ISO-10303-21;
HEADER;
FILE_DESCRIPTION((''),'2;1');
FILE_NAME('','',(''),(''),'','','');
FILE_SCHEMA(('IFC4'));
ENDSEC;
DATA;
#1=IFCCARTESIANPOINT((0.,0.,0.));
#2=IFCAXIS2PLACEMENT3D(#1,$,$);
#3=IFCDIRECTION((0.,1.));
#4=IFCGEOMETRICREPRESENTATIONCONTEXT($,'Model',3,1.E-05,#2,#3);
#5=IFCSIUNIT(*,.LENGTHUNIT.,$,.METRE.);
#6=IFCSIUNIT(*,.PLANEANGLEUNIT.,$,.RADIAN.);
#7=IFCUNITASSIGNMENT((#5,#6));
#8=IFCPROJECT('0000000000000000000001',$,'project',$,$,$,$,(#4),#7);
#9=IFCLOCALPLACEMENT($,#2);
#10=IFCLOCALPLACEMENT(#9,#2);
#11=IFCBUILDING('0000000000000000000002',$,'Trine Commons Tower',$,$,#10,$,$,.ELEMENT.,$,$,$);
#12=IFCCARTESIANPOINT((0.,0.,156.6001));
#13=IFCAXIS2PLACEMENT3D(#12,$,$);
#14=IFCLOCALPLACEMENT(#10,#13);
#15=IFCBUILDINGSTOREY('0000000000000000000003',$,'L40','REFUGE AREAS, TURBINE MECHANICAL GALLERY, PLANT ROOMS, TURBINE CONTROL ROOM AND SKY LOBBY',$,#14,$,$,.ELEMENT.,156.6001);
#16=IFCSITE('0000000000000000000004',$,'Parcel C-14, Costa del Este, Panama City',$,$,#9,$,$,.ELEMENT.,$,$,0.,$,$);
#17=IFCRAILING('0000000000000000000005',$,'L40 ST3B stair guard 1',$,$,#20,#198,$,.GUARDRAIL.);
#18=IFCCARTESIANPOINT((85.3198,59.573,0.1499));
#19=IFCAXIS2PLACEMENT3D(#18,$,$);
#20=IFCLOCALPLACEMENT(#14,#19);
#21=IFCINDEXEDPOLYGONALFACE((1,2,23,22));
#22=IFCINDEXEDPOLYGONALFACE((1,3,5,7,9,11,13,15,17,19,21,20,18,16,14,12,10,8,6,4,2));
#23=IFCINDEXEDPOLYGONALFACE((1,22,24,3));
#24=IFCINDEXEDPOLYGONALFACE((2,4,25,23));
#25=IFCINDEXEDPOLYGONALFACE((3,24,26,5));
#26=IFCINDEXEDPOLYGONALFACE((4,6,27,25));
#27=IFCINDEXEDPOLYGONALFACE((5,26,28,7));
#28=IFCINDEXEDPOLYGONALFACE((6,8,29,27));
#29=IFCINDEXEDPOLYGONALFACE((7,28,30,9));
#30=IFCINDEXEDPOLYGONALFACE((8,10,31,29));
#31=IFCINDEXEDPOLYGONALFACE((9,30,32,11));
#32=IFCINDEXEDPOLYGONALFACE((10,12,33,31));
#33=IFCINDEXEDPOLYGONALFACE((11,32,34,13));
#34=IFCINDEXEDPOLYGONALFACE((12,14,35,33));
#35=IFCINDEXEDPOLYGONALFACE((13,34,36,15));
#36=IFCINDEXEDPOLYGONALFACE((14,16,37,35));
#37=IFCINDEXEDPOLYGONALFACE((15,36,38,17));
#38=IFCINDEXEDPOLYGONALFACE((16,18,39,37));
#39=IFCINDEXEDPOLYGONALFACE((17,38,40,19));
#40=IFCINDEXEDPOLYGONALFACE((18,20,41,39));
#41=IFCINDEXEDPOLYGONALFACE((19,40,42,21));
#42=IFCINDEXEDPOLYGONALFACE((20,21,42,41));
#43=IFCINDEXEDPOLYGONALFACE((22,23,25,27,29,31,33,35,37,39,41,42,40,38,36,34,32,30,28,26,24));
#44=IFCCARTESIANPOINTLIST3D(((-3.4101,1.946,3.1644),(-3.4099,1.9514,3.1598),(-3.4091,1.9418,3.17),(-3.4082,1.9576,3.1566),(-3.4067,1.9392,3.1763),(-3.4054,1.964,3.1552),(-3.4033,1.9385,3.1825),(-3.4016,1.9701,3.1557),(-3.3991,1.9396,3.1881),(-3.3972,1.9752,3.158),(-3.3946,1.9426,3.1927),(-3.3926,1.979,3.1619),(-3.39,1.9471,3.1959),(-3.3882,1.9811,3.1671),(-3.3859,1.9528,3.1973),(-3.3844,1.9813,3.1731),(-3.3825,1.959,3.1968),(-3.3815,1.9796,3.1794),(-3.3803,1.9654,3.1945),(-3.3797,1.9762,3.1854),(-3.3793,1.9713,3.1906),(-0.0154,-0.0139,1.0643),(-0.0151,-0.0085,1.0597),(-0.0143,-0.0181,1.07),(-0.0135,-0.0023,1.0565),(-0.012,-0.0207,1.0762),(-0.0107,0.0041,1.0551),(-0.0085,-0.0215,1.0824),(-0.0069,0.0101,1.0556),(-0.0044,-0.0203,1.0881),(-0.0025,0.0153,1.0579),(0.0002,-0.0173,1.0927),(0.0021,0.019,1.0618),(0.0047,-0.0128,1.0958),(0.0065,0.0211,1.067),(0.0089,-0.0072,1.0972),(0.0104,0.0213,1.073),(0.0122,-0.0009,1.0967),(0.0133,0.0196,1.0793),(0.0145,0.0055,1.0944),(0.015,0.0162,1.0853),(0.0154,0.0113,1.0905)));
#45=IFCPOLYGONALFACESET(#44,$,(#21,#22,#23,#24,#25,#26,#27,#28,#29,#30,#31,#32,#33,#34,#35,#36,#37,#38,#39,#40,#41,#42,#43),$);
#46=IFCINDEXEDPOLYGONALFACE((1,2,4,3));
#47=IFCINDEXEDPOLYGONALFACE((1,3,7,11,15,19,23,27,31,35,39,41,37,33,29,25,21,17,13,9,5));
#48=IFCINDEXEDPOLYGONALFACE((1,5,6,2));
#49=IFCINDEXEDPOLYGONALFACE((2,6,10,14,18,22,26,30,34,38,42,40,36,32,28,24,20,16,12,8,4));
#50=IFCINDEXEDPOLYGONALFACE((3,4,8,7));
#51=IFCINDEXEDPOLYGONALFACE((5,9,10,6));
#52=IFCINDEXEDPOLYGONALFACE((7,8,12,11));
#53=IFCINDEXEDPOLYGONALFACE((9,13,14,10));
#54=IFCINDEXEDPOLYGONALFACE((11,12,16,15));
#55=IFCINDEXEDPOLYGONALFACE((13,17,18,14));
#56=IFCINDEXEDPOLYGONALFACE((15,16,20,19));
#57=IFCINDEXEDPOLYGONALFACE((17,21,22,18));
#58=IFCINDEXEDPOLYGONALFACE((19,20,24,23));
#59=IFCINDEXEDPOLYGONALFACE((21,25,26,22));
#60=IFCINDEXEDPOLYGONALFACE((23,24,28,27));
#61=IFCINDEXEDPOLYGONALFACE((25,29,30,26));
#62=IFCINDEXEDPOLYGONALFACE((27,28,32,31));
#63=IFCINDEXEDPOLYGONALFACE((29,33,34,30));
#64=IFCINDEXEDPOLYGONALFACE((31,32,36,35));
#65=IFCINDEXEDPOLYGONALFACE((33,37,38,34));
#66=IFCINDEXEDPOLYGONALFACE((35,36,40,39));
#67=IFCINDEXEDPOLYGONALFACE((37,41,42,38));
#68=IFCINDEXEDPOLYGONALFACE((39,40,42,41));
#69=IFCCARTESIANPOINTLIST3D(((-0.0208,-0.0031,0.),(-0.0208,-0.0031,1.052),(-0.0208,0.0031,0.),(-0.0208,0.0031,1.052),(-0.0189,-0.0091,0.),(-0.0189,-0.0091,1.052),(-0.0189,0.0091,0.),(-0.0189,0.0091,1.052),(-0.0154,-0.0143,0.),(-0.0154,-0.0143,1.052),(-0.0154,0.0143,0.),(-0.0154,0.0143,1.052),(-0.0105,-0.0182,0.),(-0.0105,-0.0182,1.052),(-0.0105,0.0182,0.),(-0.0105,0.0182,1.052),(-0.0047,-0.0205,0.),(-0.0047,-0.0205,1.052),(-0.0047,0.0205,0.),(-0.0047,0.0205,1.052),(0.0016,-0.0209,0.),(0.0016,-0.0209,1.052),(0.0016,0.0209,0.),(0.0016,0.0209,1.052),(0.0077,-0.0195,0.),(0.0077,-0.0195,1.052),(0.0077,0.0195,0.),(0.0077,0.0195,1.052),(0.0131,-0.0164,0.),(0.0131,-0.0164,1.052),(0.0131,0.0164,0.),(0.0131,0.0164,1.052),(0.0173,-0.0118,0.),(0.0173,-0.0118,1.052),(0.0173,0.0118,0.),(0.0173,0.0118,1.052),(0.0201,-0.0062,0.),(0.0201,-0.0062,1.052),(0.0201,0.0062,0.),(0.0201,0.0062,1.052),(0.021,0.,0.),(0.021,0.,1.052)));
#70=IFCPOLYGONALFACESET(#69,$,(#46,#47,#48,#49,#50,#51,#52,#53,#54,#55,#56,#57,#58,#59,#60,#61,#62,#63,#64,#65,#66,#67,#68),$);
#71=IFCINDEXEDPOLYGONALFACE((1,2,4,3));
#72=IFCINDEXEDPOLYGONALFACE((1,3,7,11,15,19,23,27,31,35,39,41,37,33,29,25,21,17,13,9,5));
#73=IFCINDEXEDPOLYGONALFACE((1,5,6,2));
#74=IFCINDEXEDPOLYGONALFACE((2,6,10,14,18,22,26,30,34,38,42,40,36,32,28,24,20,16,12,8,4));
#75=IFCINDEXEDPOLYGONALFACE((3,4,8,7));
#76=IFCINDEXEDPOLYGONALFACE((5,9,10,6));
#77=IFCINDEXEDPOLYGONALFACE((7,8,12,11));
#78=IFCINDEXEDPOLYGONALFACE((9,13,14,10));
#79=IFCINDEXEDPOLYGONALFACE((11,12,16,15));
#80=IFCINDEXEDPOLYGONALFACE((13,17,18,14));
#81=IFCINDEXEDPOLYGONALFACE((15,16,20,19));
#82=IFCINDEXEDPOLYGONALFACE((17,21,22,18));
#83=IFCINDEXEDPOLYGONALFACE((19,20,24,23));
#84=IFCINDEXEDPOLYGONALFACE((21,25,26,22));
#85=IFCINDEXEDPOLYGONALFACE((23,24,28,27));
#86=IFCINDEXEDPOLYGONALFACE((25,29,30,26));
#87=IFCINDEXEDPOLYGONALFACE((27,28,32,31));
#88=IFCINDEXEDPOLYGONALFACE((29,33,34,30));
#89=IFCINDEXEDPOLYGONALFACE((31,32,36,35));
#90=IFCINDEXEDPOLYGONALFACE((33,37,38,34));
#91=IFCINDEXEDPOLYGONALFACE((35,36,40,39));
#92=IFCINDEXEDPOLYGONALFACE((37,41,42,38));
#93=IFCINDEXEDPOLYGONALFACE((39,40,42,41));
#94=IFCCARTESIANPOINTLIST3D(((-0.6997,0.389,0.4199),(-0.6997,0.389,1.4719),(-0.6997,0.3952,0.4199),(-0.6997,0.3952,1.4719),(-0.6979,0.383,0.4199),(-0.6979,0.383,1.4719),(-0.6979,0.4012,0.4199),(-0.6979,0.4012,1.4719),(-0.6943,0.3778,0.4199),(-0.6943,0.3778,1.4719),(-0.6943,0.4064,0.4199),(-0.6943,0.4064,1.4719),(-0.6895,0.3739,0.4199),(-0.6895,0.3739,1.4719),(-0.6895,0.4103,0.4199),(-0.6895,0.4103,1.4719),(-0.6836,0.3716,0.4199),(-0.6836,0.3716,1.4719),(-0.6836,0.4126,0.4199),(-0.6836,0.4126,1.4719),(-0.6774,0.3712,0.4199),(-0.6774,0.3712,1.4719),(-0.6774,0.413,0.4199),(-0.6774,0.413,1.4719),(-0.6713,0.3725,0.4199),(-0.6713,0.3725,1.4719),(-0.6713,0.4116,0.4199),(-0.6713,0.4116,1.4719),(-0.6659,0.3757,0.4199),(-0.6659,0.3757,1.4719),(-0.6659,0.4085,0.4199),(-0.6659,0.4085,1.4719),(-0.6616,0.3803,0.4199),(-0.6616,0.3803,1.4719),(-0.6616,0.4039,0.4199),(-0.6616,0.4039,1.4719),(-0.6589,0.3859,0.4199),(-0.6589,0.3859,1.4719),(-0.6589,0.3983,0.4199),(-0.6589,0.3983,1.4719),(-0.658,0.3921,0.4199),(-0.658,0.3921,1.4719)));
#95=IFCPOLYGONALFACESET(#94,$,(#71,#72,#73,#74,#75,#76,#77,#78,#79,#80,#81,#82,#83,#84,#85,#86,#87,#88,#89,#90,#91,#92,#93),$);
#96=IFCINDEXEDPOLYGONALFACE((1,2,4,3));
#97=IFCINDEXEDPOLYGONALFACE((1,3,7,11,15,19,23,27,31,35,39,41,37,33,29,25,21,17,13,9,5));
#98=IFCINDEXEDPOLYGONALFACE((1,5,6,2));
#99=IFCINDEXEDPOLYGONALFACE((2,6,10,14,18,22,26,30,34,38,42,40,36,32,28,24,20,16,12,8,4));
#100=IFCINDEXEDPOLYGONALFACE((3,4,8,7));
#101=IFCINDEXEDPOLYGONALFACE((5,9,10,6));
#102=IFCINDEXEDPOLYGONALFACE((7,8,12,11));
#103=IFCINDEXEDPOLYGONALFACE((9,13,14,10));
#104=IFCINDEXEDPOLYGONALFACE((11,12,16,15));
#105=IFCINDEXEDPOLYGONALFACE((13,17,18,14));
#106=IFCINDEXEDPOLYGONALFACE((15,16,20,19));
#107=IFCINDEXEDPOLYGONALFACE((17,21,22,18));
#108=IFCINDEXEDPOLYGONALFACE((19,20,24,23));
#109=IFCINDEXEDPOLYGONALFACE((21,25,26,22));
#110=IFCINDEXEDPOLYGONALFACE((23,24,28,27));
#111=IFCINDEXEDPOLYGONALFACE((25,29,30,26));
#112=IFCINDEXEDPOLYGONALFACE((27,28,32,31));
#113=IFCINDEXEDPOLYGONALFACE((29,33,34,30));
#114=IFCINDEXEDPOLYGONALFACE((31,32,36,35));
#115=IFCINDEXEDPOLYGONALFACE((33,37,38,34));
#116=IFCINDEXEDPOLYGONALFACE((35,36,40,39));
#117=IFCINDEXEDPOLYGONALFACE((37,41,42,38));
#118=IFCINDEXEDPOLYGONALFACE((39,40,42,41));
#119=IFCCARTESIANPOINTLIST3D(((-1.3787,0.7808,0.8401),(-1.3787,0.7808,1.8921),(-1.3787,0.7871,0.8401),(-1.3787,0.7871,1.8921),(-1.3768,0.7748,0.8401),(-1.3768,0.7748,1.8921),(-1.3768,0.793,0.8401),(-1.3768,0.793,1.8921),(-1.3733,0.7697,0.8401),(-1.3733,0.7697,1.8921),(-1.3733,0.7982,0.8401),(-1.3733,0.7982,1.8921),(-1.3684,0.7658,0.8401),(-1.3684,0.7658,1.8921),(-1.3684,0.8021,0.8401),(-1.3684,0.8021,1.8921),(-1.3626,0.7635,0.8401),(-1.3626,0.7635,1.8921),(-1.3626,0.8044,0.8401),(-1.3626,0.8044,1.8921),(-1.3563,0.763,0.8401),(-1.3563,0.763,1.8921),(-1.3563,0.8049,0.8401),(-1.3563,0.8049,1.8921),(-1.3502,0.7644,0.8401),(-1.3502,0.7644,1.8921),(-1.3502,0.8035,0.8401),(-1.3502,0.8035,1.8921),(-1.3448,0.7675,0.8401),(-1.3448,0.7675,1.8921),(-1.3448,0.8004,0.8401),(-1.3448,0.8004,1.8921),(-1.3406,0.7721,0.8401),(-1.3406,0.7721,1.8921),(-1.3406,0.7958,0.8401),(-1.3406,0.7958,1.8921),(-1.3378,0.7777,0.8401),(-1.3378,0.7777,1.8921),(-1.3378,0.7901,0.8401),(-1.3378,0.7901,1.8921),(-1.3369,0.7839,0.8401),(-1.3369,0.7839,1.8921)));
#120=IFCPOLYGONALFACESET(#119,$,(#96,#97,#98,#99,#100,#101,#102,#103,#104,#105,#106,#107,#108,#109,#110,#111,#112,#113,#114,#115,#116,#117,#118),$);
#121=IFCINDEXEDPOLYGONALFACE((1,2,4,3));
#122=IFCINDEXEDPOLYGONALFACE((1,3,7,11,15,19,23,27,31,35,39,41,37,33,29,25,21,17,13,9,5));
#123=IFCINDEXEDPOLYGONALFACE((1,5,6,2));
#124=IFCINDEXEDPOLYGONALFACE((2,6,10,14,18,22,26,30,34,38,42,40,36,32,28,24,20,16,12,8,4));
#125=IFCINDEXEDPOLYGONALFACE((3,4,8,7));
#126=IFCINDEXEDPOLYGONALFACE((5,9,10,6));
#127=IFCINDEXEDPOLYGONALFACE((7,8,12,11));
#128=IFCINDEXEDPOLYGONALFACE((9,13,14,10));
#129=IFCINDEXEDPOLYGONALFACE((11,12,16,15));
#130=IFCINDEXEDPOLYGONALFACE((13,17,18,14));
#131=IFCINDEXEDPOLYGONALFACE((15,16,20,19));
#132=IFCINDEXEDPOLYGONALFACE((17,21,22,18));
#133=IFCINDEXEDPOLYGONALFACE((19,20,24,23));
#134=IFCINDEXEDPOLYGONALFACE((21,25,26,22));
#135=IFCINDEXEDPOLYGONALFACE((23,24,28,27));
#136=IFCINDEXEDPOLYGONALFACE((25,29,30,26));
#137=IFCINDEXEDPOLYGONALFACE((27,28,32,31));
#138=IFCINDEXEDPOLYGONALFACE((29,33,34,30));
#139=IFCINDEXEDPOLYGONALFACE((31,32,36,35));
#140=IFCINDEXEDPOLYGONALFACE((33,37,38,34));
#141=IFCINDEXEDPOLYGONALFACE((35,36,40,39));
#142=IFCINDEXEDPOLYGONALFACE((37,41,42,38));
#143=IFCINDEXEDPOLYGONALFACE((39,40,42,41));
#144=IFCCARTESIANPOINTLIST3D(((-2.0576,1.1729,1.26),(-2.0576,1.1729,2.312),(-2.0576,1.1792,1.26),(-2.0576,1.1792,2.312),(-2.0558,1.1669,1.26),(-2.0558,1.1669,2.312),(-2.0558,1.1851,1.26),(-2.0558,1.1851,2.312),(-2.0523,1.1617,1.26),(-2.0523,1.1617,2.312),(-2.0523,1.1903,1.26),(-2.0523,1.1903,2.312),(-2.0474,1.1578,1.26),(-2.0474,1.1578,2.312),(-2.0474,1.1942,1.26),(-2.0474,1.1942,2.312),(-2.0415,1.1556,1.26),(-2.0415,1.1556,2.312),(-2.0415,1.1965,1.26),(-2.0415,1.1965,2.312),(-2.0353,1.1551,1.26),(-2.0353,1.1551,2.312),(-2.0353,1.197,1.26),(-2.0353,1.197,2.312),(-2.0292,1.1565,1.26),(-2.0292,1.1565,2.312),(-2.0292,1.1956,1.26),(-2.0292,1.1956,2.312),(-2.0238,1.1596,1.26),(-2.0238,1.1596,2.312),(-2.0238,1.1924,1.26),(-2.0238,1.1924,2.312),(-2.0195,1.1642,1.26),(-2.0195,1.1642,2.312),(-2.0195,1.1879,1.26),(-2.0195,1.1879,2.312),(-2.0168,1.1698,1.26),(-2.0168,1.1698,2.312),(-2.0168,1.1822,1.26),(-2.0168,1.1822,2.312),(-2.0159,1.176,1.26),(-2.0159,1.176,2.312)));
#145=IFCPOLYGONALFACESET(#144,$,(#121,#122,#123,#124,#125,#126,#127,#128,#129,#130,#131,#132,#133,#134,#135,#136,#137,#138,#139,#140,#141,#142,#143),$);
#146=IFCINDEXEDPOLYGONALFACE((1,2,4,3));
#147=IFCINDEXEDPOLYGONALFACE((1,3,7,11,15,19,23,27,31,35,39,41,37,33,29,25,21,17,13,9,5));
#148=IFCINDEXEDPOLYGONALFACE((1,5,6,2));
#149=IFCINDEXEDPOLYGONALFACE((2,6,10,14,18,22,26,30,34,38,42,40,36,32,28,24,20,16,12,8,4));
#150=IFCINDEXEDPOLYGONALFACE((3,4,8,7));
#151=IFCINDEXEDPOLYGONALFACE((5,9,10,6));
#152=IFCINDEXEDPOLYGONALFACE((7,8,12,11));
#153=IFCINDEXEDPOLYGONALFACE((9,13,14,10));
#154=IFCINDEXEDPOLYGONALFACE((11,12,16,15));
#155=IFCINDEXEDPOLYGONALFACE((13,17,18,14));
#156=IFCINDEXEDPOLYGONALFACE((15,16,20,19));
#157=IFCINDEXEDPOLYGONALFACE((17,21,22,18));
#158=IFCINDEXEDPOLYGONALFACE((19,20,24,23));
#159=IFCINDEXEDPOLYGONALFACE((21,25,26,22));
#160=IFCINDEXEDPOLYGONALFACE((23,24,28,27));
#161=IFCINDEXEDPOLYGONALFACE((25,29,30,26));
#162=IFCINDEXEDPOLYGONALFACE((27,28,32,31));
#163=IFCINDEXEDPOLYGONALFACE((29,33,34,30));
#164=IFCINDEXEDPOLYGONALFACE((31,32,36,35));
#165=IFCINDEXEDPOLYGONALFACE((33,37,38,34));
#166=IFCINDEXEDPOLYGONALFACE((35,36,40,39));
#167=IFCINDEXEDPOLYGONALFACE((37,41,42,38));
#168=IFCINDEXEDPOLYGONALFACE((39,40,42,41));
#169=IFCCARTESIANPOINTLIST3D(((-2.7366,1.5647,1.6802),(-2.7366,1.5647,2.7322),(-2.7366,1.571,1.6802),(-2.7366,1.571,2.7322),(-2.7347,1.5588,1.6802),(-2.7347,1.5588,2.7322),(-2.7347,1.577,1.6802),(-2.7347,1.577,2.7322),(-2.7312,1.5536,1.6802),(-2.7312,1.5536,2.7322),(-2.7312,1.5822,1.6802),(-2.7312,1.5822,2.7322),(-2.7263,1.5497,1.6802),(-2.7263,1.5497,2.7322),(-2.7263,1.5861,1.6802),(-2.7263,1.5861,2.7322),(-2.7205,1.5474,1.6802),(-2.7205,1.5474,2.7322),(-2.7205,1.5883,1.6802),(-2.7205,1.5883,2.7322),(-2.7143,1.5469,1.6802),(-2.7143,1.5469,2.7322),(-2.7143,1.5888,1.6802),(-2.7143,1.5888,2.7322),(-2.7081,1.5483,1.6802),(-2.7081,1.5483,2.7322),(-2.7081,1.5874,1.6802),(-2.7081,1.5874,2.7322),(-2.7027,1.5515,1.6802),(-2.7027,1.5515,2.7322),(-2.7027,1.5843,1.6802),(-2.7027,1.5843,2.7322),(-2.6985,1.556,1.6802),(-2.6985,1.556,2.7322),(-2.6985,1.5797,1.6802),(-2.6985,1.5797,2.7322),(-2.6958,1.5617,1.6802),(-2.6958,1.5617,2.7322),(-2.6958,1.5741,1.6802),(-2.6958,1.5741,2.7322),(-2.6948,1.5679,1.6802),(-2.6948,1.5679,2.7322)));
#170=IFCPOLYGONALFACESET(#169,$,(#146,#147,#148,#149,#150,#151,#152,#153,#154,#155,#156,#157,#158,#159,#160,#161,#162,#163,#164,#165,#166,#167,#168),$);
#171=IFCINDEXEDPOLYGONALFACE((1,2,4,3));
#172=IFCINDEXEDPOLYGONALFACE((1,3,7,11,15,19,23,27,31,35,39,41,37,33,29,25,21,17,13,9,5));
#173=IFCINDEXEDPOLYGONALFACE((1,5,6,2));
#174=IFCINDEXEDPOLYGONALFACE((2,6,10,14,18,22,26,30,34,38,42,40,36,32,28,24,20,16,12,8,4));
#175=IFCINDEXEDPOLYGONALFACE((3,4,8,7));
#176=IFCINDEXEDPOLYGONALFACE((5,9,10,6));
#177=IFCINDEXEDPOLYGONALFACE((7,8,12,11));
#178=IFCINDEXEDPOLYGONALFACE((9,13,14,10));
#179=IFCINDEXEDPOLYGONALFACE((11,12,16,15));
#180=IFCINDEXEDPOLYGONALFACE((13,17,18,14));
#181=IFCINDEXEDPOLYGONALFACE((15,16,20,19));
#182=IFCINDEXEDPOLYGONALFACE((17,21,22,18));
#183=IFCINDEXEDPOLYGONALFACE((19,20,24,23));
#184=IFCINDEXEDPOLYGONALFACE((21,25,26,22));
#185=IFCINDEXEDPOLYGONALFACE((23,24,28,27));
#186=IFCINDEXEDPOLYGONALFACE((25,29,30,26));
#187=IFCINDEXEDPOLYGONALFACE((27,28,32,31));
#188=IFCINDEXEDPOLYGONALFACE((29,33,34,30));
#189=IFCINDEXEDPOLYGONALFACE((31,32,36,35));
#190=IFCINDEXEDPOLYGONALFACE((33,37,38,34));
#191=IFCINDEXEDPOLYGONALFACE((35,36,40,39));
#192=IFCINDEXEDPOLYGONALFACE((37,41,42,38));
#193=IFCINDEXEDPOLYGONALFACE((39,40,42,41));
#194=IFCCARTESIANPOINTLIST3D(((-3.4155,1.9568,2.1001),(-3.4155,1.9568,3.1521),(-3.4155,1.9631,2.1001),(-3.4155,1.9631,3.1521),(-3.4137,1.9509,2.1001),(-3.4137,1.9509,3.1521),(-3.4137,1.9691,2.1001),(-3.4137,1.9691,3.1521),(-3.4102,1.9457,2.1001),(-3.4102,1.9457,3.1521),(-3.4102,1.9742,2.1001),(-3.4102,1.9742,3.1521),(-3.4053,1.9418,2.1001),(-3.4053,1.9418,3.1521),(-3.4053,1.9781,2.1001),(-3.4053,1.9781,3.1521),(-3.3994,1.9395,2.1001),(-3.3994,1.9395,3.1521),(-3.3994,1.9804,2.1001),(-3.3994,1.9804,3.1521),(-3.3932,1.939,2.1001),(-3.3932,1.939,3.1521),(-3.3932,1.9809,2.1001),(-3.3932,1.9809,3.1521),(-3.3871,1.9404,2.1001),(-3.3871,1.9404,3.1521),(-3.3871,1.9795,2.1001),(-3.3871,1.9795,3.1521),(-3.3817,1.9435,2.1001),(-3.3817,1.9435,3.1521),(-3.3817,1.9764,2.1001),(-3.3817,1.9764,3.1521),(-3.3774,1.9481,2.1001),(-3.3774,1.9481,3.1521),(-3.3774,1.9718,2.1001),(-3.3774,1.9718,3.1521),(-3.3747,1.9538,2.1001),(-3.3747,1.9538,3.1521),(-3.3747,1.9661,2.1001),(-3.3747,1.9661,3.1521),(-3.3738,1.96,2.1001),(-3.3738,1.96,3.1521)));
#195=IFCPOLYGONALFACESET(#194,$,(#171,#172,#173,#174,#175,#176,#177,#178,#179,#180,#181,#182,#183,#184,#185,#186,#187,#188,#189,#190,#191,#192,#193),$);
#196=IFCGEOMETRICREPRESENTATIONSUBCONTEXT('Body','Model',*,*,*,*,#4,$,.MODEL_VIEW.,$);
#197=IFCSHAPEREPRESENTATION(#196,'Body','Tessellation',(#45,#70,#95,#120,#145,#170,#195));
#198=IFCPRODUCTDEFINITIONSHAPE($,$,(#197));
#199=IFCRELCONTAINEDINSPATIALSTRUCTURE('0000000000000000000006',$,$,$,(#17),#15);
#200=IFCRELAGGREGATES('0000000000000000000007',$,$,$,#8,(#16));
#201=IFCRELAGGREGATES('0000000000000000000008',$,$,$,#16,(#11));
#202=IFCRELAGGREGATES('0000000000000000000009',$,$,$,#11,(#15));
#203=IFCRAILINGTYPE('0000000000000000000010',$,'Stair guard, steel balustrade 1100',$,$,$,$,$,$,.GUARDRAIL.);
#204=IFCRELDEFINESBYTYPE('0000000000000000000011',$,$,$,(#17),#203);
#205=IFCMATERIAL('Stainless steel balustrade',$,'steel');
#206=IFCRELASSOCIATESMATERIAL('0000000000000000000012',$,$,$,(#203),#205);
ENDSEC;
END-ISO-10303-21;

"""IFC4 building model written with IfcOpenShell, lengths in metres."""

from ifc_helpers import new_model, si_unit, direction, frame, origin, origin_2d, place, context, subcontext, project, spatial, circle, extrude, material, type_object, element, save


model = new_model("IFC4")

# Units and contexts
model_context = context("Model", 3, precision=1e-05, world=origin(), true_north=direction((0.0, 1.0)))
body_context = subcontext(model_context, "Body", "Model", "MODEL_VIEW")
ifc_project = project(units=[si_unit("LENGTHUNIT", "METRE"), si_unit("PLANEANGLEUNIT", "RADIAN")], contexts=[model_context])

# Site, building, storey
site_placement = place(None, origin())
site = spatial("IfcSite", under=ifc_project, at=site_placement, Name="Parcel C-14, Costa del Este, Panama City", CompositionType="ELEMENT", RefElevation=0.0)
building_placement = place(site_placement, origin())
building = spatial("IfcBuilding", under=site, at=building_placement, Name="Trine Commons Tower", CompositionType="ELEMENT")
storey_placement = place(building_placement, frame((0.0, 0.0, 156.6001)))
storey = spatial("IfcBuildingStorey", under=building, at=storey_placement, Name="L40", Description="REFUGE AREAS, TURBINE MECHANICAL GALLERY, PLANT ROOMS, TURBINE CONTROL ROOM AND SKY LOBBY", CompositionType="ELEMENT", Elevation=156.6001)

# Railing
ifc_material_1 = material(Name="Stainless steel balustrade", Category="steel")
railing_type_1 = type_object("IfcRailingType", Name="Stair guard, steel balustrade 1100", PredefinedType="GUARDRAIL", material=ifc_material_1)
railing_1_placement = place(storey_placement, frame((85.3198, 59.573, 0.1499)))
element("IfcRailing", 1, at=railing_1_placement, inside=storey, type_object=railing_type_1, Name="L40 ST3B stair guard 1", PredefinedType="GUARDRAIL", context=body_context, shape_type="SweptSolid", body=[
    extrude(circle(Radius=0.0239, at=origin_2d()), frame((0.0, 0.0, 1.0762), z_axis=(-0.763375, 0.440732, 0.472244), x_axis=(-0.499997, -0.866027, 0.0)), (0.0, 0.0, 1.0), 4.447),
    extrude(circle(Radius=0.021, at=origin_2d()), origin(), (0.0, 0.0, 1.0), 1.052),
    extrude(circle(Radius=0.021, at=origin_2d()), frame((-0.679, 0.3921, 0.4199)), (0.0, 0.0, 1.0), 1.052),
    extrude(circle(Radius=0.021, at=origin_2d()), frame((-1.3579, 0.7839, 0.8401)), (0.0, 0.0, 1.0), 1.052),
    extrude(circle(Radius=0.021, at=origin_2d()), frame((-2.0369, 1.176, 1.26)), (0.0, 0.0, 1.0), 1.052),
    extrude(circle(Radius=0.021, at=origin_2d()), frame((-2.7158, 1.5679, 1.6802)), (0.0, 0.0, 1.0), 1.052),
    extrude(circle(Radius=0.021, at=origin_2d()), frame((-3.3948, 1.96, 2.1001)), (0.0, 0.0, 1.0), 1.052),
])

save(model, "model.ifc")
